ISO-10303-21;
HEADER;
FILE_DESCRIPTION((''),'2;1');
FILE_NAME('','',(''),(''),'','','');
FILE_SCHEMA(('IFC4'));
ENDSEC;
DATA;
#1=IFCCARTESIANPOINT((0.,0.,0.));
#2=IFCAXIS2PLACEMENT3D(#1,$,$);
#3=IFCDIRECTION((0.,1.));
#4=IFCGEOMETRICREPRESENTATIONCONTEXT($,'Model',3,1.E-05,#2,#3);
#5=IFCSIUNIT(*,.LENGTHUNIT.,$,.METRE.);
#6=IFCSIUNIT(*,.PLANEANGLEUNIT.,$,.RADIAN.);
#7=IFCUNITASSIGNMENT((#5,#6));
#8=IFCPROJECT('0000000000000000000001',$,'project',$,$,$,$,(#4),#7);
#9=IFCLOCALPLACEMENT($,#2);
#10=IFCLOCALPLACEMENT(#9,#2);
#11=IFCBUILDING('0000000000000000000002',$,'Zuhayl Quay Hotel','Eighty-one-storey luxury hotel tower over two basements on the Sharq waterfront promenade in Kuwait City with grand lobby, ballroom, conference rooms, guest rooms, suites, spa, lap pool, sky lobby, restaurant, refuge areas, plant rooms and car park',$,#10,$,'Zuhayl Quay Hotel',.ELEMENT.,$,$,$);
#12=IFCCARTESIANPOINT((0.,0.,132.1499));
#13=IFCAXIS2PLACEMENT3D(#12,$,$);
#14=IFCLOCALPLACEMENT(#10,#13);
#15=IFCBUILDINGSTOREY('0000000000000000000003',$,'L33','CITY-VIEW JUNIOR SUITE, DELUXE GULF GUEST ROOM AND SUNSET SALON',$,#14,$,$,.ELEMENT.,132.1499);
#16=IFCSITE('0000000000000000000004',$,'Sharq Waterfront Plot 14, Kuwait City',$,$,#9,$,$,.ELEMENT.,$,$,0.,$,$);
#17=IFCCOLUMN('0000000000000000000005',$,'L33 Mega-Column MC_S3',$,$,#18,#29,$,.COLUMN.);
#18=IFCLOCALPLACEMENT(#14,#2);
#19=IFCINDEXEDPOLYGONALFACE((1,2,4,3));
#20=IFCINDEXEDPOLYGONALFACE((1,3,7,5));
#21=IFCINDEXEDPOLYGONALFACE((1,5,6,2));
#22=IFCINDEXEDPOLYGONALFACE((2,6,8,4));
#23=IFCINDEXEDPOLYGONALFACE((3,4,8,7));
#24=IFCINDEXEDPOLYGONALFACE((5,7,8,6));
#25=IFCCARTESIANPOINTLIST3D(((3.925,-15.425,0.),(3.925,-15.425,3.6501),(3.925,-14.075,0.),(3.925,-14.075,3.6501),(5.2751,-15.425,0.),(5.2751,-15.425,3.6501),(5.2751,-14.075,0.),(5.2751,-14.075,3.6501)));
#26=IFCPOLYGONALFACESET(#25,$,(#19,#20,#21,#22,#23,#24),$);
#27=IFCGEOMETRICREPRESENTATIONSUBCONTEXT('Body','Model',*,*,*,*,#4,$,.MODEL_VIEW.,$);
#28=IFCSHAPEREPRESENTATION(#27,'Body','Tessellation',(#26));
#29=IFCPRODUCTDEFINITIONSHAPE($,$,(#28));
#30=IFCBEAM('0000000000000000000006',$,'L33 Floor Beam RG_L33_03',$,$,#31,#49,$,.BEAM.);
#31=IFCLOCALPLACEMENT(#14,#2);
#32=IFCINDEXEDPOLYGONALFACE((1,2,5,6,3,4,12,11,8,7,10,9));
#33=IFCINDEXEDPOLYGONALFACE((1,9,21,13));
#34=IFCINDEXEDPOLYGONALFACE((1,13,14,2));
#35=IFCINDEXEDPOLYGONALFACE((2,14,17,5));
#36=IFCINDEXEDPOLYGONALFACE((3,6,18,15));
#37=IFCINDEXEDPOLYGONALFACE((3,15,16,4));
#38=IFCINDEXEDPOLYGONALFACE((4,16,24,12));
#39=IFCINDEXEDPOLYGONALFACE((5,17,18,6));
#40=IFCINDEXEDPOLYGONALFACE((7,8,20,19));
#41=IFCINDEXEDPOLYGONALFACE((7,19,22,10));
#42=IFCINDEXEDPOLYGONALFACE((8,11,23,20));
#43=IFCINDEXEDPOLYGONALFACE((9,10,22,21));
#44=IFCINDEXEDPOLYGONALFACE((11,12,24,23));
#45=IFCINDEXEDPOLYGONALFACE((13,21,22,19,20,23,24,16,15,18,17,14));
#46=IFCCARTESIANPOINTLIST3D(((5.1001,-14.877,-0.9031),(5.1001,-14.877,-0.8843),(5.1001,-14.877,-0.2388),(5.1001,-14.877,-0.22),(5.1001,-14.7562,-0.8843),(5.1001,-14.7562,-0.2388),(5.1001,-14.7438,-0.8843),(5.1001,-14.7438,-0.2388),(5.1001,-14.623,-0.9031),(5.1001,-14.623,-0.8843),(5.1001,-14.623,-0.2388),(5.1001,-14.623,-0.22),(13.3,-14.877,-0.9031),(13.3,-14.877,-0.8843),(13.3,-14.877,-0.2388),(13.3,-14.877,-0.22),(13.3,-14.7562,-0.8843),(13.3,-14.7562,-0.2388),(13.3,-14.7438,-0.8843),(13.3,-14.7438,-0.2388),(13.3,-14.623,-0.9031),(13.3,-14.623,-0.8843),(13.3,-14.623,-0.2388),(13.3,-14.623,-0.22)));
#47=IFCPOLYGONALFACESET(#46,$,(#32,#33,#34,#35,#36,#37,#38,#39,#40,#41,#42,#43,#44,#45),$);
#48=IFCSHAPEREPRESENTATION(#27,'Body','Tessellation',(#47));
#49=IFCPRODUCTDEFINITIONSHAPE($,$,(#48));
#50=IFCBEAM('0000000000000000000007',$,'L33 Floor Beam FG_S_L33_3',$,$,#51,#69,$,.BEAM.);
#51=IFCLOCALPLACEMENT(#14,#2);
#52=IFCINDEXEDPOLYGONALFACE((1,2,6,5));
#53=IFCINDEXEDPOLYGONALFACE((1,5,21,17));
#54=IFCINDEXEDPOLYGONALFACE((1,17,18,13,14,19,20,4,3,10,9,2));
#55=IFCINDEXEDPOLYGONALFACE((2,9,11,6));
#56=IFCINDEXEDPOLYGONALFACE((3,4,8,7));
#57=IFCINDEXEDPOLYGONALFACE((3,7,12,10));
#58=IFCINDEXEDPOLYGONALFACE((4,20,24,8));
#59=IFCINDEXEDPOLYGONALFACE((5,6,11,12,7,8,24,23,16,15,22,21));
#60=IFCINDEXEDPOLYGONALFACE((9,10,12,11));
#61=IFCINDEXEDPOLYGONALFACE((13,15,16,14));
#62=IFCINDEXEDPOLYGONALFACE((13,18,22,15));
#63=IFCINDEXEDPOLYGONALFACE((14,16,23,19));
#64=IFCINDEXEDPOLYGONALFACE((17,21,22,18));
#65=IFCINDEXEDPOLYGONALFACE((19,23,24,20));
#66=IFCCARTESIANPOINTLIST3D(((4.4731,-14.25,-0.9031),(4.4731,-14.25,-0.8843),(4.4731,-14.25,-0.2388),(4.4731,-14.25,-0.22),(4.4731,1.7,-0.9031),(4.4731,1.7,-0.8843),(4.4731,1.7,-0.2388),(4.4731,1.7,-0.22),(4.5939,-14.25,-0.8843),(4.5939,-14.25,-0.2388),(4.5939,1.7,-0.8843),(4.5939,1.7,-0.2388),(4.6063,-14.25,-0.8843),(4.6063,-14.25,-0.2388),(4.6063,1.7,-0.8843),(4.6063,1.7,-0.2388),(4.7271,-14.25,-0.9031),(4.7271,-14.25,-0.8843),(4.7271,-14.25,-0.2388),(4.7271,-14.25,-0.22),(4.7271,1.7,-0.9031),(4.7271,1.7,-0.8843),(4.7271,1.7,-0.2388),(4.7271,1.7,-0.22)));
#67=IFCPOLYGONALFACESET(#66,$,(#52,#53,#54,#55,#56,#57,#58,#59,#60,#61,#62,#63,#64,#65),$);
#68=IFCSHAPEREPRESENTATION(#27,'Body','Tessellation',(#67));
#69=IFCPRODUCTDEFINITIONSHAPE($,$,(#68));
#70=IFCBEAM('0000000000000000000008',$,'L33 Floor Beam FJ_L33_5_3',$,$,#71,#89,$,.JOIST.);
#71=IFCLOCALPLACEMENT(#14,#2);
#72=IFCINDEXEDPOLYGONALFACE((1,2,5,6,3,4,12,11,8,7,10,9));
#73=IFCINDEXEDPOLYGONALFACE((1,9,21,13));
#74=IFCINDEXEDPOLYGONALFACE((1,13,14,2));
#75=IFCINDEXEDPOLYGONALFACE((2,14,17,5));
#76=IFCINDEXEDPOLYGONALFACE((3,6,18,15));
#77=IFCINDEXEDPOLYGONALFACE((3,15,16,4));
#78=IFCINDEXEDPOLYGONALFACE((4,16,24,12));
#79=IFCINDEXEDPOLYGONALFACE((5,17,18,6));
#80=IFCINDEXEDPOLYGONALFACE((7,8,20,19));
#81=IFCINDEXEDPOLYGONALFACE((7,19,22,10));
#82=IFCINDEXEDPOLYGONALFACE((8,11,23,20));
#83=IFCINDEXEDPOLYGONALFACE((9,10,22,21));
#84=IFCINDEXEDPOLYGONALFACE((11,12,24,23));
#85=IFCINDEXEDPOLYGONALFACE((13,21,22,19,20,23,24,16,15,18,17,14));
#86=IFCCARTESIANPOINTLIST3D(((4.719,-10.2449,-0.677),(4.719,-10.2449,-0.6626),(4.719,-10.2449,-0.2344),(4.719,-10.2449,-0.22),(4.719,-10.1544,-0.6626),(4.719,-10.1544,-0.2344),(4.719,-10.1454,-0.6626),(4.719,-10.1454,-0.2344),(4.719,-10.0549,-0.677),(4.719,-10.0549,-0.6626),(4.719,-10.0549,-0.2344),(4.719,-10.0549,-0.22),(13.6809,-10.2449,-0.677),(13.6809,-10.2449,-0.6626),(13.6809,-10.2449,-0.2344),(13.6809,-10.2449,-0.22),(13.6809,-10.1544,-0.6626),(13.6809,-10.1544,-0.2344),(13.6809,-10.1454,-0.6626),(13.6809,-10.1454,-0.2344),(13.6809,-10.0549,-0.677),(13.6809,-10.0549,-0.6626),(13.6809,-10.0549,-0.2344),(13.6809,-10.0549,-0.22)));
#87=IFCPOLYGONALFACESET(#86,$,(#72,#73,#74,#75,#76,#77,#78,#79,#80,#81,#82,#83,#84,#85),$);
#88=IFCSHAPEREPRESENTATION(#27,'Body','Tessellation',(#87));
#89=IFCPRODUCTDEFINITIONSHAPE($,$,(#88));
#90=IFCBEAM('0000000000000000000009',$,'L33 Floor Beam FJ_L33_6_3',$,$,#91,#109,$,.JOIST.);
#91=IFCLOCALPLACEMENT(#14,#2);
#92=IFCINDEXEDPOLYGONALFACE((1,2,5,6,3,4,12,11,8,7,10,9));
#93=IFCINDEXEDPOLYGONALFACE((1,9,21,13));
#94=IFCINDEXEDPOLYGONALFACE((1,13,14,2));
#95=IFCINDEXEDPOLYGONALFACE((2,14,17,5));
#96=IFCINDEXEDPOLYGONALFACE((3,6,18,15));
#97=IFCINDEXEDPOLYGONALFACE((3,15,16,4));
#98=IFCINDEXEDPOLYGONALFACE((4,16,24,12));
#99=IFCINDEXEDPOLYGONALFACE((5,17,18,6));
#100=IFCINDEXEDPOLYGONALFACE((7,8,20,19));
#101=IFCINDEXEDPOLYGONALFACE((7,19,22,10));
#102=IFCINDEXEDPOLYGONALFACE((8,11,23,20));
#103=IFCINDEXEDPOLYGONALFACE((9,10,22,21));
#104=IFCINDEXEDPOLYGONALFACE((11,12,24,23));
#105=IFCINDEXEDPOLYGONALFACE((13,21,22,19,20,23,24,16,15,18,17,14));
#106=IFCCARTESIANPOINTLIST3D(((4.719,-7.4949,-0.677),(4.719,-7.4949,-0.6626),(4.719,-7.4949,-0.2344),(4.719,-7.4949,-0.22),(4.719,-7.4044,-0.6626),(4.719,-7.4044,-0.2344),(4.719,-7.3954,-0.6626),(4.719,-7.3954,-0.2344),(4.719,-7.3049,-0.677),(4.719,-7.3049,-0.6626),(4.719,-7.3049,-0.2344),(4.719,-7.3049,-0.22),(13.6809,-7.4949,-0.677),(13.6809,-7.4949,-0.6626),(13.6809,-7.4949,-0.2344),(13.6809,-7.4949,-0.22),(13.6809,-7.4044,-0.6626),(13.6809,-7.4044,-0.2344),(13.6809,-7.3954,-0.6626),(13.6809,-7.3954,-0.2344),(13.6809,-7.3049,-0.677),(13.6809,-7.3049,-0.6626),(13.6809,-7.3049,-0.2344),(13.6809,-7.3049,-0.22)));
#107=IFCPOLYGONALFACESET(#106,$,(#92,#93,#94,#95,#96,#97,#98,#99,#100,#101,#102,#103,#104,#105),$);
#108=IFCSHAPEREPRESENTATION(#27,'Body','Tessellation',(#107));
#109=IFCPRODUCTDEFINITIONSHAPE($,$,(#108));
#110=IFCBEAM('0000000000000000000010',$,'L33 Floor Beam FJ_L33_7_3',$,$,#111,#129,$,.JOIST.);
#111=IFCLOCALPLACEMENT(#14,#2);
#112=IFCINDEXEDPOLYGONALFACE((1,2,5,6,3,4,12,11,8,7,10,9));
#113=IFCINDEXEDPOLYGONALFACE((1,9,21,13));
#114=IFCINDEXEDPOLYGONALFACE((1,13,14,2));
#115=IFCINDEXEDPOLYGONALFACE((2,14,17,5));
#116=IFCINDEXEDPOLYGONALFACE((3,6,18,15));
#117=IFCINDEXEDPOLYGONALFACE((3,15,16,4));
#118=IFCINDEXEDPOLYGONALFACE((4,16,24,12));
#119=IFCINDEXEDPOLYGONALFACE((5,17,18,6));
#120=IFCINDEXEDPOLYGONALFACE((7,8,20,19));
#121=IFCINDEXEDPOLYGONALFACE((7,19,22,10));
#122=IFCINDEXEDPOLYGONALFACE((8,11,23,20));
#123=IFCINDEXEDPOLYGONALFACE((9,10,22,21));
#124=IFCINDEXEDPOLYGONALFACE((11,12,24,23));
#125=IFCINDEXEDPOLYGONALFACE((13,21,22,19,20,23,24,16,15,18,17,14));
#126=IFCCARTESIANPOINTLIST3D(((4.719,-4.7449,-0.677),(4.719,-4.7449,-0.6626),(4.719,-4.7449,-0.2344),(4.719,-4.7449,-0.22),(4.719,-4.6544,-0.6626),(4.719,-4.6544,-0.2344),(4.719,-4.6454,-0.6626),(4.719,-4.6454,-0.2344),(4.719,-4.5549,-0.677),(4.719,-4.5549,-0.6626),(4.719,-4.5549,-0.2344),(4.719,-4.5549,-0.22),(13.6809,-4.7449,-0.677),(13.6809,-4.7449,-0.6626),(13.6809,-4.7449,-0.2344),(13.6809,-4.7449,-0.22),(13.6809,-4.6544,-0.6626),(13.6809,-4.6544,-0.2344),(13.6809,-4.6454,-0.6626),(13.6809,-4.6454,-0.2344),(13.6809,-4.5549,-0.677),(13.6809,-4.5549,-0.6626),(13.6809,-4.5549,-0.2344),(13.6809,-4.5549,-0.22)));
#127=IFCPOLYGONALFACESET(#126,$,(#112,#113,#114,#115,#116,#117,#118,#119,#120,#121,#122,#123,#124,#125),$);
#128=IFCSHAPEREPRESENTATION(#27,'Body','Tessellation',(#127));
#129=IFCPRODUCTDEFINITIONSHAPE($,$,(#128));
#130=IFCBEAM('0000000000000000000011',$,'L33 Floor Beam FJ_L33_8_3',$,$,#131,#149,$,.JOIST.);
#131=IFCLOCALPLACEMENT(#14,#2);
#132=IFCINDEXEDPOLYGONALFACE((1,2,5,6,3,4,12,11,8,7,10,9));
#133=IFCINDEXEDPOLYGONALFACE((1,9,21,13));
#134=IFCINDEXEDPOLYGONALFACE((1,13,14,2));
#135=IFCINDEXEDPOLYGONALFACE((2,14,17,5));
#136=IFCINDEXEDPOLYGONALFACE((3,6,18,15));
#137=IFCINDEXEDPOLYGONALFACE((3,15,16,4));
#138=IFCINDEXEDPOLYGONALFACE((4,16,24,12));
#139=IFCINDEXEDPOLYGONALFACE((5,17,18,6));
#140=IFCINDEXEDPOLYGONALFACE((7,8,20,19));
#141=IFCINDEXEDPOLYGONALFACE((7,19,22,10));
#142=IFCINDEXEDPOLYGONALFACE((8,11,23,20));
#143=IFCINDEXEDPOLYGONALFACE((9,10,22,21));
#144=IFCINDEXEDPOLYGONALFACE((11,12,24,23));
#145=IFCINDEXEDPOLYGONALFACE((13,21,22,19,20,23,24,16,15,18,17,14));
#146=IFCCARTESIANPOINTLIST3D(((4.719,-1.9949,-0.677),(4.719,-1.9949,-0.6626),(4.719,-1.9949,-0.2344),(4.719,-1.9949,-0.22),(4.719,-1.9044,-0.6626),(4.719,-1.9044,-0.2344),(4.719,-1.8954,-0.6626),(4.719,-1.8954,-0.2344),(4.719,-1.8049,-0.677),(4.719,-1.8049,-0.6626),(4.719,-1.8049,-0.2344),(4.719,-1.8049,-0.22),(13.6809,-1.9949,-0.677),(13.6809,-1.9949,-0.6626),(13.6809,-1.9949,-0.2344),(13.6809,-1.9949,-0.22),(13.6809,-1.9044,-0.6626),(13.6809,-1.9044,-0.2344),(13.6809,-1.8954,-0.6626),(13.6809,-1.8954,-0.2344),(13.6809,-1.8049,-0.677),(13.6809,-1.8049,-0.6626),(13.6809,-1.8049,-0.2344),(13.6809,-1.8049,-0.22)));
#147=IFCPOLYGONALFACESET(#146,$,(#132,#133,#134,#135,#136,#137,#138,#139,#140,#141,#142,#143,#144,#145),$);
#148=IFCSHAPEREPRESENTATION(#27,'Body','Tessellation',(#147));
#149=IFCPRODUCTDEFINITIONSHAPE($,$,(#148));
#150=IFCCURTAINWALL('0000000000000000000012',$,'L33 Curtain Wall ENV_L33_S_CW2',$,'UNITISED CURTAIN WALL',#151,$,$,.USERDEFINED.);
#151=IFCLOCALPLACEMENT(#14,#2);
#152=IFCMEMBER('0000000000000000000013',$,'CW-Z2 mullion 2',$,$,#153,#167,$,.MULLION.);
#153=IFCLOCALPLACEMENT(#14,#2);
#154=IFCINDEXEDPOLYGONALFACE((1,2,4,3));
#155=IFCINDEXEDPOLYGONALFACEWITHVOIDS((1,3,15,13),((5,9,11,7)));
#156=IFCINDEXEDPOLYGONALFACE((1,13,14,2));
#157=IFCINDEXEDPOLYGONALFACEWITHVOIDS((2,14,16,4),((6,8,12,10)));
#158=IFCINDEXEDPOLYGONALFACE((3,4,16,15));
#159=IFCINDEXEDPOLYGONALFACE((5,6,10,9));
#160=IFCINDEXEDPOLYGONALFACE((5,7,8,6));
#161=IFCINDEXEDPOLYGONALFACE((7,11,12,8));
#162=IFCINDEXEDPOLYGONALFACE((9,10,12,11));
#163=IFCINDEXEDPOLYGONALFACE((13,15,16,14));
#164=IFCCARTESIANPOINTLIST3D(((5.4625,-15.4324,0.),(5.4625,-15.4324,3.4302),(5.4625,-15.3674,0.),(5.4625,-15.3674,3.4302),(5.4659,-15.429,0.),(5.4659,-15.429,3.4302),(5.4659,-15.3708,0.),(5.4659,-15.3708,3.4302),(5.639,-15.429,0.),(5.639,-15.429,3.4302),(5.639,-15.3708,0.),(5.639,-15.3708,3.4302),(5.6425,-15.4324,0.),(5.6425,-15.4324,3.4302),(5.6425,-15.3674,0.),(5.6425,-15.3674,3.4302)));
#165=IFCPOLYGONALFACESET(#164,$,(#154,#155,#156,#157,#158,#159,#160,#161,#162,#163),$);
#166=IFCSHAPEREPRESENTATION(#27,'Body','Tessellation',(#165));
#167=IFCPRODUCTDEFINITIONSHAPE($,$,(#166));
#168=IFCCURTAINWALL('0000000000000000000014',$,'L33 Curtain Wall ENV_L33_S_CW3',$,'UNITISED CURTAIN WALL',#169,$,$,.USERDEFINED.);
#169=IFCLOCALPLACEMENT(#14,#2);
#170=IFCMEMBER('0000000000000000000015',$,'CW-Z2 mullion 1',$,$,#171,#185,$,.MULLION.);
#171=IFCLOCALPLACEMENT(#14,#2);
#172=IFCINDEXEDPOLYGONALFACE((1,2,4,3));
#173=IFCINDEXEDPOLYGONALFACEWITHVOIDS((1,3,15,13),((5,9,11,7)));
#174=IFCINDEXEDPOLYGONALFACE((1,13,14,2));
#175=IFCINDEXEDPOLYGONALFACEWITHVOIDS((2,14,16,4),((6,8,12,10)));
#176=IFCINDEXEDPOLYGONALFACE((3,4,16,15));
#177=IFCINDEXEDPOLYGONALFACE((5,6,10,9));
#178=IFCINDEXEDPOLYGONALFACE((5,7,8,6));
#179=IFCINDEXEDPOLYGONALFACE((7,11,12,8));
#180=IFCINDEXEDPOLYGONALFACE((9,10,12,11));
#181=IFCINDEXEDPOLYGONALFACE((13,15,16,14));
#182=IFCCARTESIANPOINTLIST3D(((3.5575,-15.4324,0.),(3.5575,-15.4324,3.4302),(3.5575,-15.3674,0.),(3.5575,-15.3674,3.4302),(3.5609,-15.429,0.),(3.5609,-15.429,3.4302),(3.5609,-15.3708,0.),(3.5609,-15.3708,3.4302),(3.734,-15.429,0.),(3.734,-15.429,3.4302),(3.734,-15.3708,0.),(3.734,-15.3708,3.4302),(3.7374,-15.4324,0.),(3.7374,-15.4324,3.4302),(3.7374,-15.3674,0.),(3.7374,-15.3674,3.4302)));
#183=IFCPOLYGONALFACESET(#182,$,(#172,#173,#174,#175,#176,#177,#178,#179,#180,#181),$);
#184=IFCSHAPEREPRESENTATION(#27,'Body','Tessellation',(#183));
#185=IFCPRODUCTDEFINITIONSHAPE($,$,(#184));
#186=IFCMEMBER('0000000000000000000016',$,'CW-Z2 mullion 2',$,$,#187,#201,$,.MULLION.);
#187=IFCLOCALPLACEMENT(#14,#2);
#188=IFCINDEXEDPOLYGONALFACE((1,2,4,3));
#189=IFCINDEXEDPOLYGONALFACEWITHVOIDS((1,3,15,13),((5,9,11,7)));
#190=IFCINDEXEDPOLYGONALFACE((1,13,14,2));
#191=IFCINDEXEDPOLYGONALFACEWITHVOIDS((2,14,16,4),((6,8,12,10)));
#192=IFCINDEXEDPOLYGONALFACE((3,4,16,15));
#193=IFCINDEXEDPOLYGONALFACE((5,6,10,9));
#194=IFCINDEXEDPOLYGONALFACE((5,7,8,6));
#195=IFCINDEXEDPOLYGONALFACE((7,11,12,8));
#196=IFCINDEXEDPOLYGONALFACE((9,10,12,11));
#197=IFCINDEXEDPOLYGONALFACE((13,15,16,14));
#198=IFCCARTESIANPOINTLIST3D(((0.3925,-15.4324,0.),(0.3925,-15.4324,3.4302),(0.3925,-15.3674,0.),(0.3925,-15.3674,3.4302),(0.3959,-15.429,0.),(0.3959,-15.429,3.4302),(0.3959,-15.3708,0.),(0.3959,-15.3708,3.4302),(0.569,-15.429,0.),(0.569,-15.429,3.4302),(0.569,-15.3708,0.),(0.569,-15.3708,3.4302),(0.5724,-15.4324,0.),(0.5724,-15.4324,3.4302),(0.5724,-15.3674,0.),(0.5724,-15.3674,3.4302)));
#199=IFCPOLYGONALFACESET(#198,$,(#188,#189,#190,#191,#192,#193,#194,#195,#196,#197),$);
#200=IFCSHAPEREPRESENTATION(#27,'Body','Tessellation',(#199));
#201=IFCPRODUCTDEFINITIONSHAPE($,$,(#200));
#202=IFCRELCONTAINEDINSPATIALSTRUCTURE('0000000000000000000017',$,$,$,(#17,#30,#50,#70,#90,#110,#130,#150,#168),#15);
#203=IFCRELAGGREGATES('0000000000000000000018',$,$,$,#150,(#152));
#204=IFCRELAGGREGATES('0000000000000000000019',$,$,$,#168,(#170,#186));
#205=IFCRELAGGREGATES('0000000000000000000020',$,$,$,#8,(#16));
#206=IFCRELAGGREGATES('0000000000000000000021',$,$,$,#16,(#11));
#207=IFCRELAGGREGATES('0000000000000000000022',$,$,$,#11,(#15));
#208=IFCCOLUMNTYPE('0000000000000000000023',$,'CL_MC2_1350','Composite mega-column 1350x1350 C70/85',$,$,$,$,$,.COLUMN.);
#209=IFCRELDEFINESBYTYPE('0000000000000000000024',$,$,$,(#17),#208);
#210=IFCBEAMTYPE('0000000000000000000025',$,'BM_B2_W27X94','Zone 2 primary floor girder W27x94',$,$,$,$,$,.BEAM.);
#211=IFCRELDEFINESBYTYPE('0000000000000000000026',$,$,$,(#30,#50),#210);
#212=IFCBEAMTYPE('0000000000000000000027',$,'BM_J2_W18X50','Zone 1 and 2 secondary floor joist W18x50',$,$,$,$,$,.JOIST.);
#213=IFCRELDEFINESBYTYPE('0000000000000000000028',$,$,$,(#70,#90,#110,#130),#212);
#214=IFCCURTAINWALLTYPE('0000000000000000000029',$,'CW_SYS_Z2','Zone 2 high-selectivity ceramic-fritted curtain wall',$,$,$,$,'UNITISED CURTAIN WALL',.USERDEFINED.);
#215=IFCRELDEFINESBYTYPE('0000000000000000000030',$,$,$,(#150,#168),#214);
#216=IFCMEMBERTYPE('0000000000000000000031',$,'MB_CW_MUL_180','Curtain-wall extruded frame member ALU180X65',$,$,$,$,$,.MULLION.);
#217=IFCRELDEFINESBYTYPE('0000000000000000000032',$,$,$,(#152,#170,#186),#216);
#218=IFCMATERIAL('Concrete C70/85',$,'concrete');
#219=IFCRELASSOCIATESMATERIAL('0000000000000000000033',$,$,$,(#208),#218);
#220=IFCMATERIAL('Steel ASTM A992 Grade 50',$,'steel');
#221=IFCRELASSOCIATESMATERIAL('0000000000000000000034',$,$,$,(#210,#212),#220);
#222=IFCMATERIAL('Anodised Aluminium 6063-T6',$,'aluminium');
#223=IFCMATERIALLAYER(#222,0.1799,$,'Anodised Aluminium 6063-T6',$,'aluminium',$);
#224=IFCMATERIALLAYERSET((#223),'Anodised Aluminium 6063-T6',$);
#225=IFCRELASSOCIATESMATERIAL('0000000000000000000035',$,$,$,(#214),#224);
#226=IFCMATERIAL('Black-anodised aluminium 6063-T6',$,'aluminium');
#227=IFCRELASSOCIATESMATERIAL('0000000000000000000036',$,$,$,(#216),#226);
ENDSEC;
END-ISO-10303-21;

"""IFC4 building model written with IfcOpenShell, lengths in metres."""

from ifc_helpers import new_model, si_unit, direction, frame, origin, origin_2d, place, context, subcontext, project, spatial, rectangle, hollow_rectangle, i_section, extrude, material, layer, layer_set, material_profile, profile_set, type_object, element, aggregate, save


model = new_model("IFC4")

# Units and contexts
model_context = context("Model", 3, precision=1e-05, world=origin(), true_north=direction((0.0, 1.0)))
body_context = subcontext(model_context, "Body", "Model", "MODEL_VIEW")
ifc_project = project(units=[si_unit("LENGTHUNIT", "METRE"), si_unit("PLANEANGLEUNIT", "RADIAN")], contexts=[model_context])

# Site, building, storey
site_placement = place(None, origin())
site = spatial("IfcSite", under=ifc_project, at=site_placement, Name="Sharq Waterfront Plot 14, Kuwait City", CompositionType="ELEMENT", RefElevation=0.0)
building_placement = place(site_placement, origin())
building = spatial("IfcBuilding", under=site, at=building_placement, Name="Zuhayl Quay Hotel", Description="Eighty-one-storey luxury hotel tower over two basements on the Sharq waterfront promenade in Kuwait City with grand lobby, ballroom, conference rooms, guest rooms, suites, spa, lap pool, sky lobby, restaurant, refuge areas, plant rooms and car park", LongName="Zuhayl Quay Hotel", CompositionType="ELEMENT")
storey_placement = place(building_placement, frame((0.0, 0.0, 132.1499)))
storey = spatial("IfcBuildingStorey", under=building, at=storey_placement, Name="L33", Description="CITY-VIEW JUNIOR SUITE, DELUXE GULF GUEST ROOM AND SUNSET SALON", CompositionType="ELEMENT", Elevation=132.1499)

# Column
ifc_material_1 = material(Name="Concrete C70/85", Category="concrete")
ifc_material_profile_1 = material_profile(ifc_material_1, rectangle(XDim=1.3501, YDim=1.3501, at=origin_2d()), Name="RC1350X1350")
ifc_profile_set_1 = profile_set([ifc_material_profile_1], Name="Concrete C70/85")
column_type = type_object("IfcColumnType", Name="CL_MC2_1350", Description="Composite mega-column 1350x1350 C70/85", PredefinedType="COLUMN", material=ifc_profile_set_1)
column_placement = place(storey_placement, frame((4.6001, -14.75, 0.0), z_axis=(0.0, 0.0, 1.0), x_axis=(1.0, 0.0, 0.0)))
element("IfcColumn", 1, at=column_placement, inside=storey, type_object=column_type, Name="L33 Mega-Column MC_S3", PredefinedType="COLUMN", context=body_context, shape_type="SweptSolid", body=[
    extrude(rectangle(XDim=1.3501, YDim=1.3501, at=origin_2d()), origin(), (0.0, 0.0, 1.0), 3.6501),
])

# Beams
ifc_material_2 = material(Name="Steel ASTM A992 Grade 50", Category="steel")
ifc_material_profile_2 = material_profile(ifc_material_2, i_section(OverallWidth=0.2539, OverallDepth=0.6831, WebThickness=0.0125, FlangeThickness=0.0188, at=origin_2d()), Name="W27X94")
ifc_profile_set_2 = profile_set([ifc_material_profile_2], Name="Steel ASTM A992 Grade 50")
beam_type_1 = type_object("IfcBeamType", Name="BM_B2_W27X94", Description="Zone 2 primary floor girder W27x94", PredefinedType="BEAM", material=ifc_profile_set_2)
beam_1_placement = place(storey_placement, frame((5.1001, -14.75, -0.5615), z_axis=(1.0, 0.0, 0.0), x_axis=(0.0, 1.0, 0.0)))
element("IfcBeam", 2, at=beam_1_placement, inside=storey, type_object=beam_type_1, Name="L33 Floor Beam RG_L33_03", PredefinedType="BEAM", context=body_context, shape_type="SweptSolid", body=[
    extrude(i_section(OverallWidth=0.2539, OverallDepth=0.6831, WebThickness=0.0125, FlangeThickness=0.0188, at=origin_2d()), origin(), (0.0, 0.0, 1.0), 8.2),
])
beam_2_placement = place(storey_placement, frame((4.6001, -14.25, -0.5615), z_axis=(0.0, 1.0, 0.0), x_axis=(-1.0, 0.0, 0.0)))
element("IfcBeam", 3, at=beam_2_placement, inside=storey, type_object=beam_type_1, Name="L33 Floor Beam FG_S_L33_3", PredefinedType="BEAM", context=body_context, shape_type="SweptSolid", body=[
    extrude(i_section(OverallWidth=0.2539, OverallDepth=0.6831, WebThickness=0.0125, FlangeThickness=0.0188, at=origin_2d()), origin(), (0.0, 0.0, 1.0), 15.95),
])
ifc_material_profile_3 = material_profile(ifc_material_2, i_section(OverallWidth=0.1899, OverallDepth=0.457, WebThickness=0.009, FlangeThickness=0.0144, at=origin_2d()), Name="W18X50")
ifc_profile_set_3 = profile_set([ifc_material_profile_3], Name="Steel ASTM A992 Grade 50")
beam_type_2 = type_object("IfcBeamType", Name="BM_J2_W18X50", Description="Zone 1 and 2 secondary floor joist W18x50", PredefinedType="JOIST", material=ifc_profile_set_3)
for number, where, z_axis, x_axis, name in (
    (4, (4.719, -10.1499, -0.4485), (1.0, 0.0, 0.0), (0.0, 1.0, 0.0), "L33 Floor Beam FJ_L33_5_3"),
    (5, (4.719, -7.3999, -0.4485), (1.0, 0.0, 0.0), (0.0, 1.0, 0.0), "L33 Floor Beam FJ_L33_6_3"),
    (6, (4.719, -4.6499, -0.4485), (1.0, 0.0, 0.0), (0.0, 1.0, 0.0), "L33 Floor Beam FJ_L33_7_3"),
    (7, (4.719, -1.8999, -0.4485), (1.0, 0.0, 0.0), (0.0, 1.0, 0.0), "L33 Floor Beam FJ_L33_8_3"),
):
    element("IfcBeam", number, at=place(storey_placement, frame(where, z_axis=z_axis, x_axis=x_axis)), inside=storey, type_object=beam_type_2, Name=name, PredefinedType="JOIST", context=body_context, shape_type="SweptSolid", body=[
        extrude(i_section(OverallWidth=0.1899, OverallDepth=0.457, WebThickness=0.009, FlangeThickness=0.0144, at=origin_2d()), origin(), (0.0, 0.0, 1.0), 8.9619),
    ])

# Curtain wall, member
ifc_material_3 = material(Name="Anodised Aluminium 6063-T6", Category="aluminium")
ifc_layer_1 = layer(ifc_material_3, 0.1799, Name="Anodised Aluminium 6063-T6", Category="aluminium")
ifc_layer_set_1 = layer_set([ifc_layer_1], Name="Anodised Aluminium 6063-T6")
curtain_wall_type = type_object("IfcCurtainWallType", Name="CW_SYS_Z2", Description="Zone 2 high-selectivity ceramic-fritted curtain wall", ElementType="UNITISED CURTAIN WALL", PredefinedType="USERDEFINED", material=ifc_layer_set_1)
curtain_wall_1_placement = place(storey_placement, origin())
curtain_wall_1 = element("IfcCurtainWall", 8, at=curtain_wall_1_placement, inside=storey, type_object=curtain_wall_type, Name="L33 Curtain Wall ENV_L33_S_CW2", ObjectType="UNITISED CURTAIN WALL", PredefinedType="USERDEFINED")
ifc_material_4 = material(Name="Black-anodised aluminium 6063-T6", Category="aluminium")
ifc_material_profile_4 = material_profile(ifc_material_4, hollow_rectangle(XDim=0.0649, YDim=0.1799, WallThickness=0.0034, at=origin_2d()), Name="ALU180X65")
ifc_profile_set_4 = profile_set([ifc_material_profile_4], Name="Black-anodised aluminium 6063-T6")
member_type_1 = type_object("IfcMemberType", Name="MB_CW_MUL_180", Description="Curtain-wall extruded frame member ALU180X65", PredefinedType="MULLION", material=ifc_profile_set_4)
member_1_placement = place(storey_placement, frame((5.5525, -15.3999, 0.0), z_axis=(0.0, 0.0, 1.0), x_axis=(0.0, -1.0, 0.0)))
member_1 = element("IfcMember", 9, at=member_1_placement, type_object=member_type_1, Name="CW-Z2 mullion 2", PredefinedType="MULLION", context=body_context, shape_type="SweptSolid", body=[
    extrude(hollow_rectangle(XDim=0.0649, YDim=0.1799, WallThickness=0.0034, at=origin_2d()), origin(), (0.0, 0.0, 1.0), 3.4302),
])
aggregate(curtain_wall_1, [member_1])

# Curtain wall, members
curtain_wall_2_placement = place(storey_placement, origin())
curtain_wall_2 = element("IfcCurtainWall", 10, at=curtain_wall_2_placement, inside=storey, type_object=curtain_wall_type, Name="L33 Curtain Wall ENV_L33_S_CW3", ObjectType="UNITISED CURTAIN WALL", PredefinedType="USERDEFINED")
member_2_placement = place(storey_placement, frame((3.6475, -15.3999, 0.0), z_axis=(0.0, 0.0, 1.0), x_axis=(0.0, -1.0, 0.0)))
member_2 = element("IfcMember", 11, at=member_2_placement, type_object=member_type_1, Name="CW-Z2 mullion 1", PredefinedType="MULLION", context=body_context, shape_type="SweptSolid", body=[
    extrude(hollow_rectangle(XDim=0.0649, YDim=0.1799, WallThickness=0.0034, at=origin_2d()), origin(), (0.0, 0.0, 1.0), 3.4302),
])
member_3_placement = place(storey_placement, frame((0.4824, -15.3999, 0.0), z_axis=(0.0, 0.0, 1.0), x_axis=(0.0, -1.0, 0.0)))
member_3 = element("IfcMember", 12, at=member_3_placement, type_object=member_type_1, Name="CW-Z2 mullion 2", PredefinedType="MULLION", context=body_context, shape_type="SweptSolid", body=[
    extrude(hollow_rectangle(XDim=0.0649, YDim=0.1799, WallThickness=0.0034, at=origin_2d()), origin(), (0.0, 0.0, 1.0), 3.4302),
])
aggregate(curtain_wall_2, [member_2, member_3])

save(model, "model.ifc")
